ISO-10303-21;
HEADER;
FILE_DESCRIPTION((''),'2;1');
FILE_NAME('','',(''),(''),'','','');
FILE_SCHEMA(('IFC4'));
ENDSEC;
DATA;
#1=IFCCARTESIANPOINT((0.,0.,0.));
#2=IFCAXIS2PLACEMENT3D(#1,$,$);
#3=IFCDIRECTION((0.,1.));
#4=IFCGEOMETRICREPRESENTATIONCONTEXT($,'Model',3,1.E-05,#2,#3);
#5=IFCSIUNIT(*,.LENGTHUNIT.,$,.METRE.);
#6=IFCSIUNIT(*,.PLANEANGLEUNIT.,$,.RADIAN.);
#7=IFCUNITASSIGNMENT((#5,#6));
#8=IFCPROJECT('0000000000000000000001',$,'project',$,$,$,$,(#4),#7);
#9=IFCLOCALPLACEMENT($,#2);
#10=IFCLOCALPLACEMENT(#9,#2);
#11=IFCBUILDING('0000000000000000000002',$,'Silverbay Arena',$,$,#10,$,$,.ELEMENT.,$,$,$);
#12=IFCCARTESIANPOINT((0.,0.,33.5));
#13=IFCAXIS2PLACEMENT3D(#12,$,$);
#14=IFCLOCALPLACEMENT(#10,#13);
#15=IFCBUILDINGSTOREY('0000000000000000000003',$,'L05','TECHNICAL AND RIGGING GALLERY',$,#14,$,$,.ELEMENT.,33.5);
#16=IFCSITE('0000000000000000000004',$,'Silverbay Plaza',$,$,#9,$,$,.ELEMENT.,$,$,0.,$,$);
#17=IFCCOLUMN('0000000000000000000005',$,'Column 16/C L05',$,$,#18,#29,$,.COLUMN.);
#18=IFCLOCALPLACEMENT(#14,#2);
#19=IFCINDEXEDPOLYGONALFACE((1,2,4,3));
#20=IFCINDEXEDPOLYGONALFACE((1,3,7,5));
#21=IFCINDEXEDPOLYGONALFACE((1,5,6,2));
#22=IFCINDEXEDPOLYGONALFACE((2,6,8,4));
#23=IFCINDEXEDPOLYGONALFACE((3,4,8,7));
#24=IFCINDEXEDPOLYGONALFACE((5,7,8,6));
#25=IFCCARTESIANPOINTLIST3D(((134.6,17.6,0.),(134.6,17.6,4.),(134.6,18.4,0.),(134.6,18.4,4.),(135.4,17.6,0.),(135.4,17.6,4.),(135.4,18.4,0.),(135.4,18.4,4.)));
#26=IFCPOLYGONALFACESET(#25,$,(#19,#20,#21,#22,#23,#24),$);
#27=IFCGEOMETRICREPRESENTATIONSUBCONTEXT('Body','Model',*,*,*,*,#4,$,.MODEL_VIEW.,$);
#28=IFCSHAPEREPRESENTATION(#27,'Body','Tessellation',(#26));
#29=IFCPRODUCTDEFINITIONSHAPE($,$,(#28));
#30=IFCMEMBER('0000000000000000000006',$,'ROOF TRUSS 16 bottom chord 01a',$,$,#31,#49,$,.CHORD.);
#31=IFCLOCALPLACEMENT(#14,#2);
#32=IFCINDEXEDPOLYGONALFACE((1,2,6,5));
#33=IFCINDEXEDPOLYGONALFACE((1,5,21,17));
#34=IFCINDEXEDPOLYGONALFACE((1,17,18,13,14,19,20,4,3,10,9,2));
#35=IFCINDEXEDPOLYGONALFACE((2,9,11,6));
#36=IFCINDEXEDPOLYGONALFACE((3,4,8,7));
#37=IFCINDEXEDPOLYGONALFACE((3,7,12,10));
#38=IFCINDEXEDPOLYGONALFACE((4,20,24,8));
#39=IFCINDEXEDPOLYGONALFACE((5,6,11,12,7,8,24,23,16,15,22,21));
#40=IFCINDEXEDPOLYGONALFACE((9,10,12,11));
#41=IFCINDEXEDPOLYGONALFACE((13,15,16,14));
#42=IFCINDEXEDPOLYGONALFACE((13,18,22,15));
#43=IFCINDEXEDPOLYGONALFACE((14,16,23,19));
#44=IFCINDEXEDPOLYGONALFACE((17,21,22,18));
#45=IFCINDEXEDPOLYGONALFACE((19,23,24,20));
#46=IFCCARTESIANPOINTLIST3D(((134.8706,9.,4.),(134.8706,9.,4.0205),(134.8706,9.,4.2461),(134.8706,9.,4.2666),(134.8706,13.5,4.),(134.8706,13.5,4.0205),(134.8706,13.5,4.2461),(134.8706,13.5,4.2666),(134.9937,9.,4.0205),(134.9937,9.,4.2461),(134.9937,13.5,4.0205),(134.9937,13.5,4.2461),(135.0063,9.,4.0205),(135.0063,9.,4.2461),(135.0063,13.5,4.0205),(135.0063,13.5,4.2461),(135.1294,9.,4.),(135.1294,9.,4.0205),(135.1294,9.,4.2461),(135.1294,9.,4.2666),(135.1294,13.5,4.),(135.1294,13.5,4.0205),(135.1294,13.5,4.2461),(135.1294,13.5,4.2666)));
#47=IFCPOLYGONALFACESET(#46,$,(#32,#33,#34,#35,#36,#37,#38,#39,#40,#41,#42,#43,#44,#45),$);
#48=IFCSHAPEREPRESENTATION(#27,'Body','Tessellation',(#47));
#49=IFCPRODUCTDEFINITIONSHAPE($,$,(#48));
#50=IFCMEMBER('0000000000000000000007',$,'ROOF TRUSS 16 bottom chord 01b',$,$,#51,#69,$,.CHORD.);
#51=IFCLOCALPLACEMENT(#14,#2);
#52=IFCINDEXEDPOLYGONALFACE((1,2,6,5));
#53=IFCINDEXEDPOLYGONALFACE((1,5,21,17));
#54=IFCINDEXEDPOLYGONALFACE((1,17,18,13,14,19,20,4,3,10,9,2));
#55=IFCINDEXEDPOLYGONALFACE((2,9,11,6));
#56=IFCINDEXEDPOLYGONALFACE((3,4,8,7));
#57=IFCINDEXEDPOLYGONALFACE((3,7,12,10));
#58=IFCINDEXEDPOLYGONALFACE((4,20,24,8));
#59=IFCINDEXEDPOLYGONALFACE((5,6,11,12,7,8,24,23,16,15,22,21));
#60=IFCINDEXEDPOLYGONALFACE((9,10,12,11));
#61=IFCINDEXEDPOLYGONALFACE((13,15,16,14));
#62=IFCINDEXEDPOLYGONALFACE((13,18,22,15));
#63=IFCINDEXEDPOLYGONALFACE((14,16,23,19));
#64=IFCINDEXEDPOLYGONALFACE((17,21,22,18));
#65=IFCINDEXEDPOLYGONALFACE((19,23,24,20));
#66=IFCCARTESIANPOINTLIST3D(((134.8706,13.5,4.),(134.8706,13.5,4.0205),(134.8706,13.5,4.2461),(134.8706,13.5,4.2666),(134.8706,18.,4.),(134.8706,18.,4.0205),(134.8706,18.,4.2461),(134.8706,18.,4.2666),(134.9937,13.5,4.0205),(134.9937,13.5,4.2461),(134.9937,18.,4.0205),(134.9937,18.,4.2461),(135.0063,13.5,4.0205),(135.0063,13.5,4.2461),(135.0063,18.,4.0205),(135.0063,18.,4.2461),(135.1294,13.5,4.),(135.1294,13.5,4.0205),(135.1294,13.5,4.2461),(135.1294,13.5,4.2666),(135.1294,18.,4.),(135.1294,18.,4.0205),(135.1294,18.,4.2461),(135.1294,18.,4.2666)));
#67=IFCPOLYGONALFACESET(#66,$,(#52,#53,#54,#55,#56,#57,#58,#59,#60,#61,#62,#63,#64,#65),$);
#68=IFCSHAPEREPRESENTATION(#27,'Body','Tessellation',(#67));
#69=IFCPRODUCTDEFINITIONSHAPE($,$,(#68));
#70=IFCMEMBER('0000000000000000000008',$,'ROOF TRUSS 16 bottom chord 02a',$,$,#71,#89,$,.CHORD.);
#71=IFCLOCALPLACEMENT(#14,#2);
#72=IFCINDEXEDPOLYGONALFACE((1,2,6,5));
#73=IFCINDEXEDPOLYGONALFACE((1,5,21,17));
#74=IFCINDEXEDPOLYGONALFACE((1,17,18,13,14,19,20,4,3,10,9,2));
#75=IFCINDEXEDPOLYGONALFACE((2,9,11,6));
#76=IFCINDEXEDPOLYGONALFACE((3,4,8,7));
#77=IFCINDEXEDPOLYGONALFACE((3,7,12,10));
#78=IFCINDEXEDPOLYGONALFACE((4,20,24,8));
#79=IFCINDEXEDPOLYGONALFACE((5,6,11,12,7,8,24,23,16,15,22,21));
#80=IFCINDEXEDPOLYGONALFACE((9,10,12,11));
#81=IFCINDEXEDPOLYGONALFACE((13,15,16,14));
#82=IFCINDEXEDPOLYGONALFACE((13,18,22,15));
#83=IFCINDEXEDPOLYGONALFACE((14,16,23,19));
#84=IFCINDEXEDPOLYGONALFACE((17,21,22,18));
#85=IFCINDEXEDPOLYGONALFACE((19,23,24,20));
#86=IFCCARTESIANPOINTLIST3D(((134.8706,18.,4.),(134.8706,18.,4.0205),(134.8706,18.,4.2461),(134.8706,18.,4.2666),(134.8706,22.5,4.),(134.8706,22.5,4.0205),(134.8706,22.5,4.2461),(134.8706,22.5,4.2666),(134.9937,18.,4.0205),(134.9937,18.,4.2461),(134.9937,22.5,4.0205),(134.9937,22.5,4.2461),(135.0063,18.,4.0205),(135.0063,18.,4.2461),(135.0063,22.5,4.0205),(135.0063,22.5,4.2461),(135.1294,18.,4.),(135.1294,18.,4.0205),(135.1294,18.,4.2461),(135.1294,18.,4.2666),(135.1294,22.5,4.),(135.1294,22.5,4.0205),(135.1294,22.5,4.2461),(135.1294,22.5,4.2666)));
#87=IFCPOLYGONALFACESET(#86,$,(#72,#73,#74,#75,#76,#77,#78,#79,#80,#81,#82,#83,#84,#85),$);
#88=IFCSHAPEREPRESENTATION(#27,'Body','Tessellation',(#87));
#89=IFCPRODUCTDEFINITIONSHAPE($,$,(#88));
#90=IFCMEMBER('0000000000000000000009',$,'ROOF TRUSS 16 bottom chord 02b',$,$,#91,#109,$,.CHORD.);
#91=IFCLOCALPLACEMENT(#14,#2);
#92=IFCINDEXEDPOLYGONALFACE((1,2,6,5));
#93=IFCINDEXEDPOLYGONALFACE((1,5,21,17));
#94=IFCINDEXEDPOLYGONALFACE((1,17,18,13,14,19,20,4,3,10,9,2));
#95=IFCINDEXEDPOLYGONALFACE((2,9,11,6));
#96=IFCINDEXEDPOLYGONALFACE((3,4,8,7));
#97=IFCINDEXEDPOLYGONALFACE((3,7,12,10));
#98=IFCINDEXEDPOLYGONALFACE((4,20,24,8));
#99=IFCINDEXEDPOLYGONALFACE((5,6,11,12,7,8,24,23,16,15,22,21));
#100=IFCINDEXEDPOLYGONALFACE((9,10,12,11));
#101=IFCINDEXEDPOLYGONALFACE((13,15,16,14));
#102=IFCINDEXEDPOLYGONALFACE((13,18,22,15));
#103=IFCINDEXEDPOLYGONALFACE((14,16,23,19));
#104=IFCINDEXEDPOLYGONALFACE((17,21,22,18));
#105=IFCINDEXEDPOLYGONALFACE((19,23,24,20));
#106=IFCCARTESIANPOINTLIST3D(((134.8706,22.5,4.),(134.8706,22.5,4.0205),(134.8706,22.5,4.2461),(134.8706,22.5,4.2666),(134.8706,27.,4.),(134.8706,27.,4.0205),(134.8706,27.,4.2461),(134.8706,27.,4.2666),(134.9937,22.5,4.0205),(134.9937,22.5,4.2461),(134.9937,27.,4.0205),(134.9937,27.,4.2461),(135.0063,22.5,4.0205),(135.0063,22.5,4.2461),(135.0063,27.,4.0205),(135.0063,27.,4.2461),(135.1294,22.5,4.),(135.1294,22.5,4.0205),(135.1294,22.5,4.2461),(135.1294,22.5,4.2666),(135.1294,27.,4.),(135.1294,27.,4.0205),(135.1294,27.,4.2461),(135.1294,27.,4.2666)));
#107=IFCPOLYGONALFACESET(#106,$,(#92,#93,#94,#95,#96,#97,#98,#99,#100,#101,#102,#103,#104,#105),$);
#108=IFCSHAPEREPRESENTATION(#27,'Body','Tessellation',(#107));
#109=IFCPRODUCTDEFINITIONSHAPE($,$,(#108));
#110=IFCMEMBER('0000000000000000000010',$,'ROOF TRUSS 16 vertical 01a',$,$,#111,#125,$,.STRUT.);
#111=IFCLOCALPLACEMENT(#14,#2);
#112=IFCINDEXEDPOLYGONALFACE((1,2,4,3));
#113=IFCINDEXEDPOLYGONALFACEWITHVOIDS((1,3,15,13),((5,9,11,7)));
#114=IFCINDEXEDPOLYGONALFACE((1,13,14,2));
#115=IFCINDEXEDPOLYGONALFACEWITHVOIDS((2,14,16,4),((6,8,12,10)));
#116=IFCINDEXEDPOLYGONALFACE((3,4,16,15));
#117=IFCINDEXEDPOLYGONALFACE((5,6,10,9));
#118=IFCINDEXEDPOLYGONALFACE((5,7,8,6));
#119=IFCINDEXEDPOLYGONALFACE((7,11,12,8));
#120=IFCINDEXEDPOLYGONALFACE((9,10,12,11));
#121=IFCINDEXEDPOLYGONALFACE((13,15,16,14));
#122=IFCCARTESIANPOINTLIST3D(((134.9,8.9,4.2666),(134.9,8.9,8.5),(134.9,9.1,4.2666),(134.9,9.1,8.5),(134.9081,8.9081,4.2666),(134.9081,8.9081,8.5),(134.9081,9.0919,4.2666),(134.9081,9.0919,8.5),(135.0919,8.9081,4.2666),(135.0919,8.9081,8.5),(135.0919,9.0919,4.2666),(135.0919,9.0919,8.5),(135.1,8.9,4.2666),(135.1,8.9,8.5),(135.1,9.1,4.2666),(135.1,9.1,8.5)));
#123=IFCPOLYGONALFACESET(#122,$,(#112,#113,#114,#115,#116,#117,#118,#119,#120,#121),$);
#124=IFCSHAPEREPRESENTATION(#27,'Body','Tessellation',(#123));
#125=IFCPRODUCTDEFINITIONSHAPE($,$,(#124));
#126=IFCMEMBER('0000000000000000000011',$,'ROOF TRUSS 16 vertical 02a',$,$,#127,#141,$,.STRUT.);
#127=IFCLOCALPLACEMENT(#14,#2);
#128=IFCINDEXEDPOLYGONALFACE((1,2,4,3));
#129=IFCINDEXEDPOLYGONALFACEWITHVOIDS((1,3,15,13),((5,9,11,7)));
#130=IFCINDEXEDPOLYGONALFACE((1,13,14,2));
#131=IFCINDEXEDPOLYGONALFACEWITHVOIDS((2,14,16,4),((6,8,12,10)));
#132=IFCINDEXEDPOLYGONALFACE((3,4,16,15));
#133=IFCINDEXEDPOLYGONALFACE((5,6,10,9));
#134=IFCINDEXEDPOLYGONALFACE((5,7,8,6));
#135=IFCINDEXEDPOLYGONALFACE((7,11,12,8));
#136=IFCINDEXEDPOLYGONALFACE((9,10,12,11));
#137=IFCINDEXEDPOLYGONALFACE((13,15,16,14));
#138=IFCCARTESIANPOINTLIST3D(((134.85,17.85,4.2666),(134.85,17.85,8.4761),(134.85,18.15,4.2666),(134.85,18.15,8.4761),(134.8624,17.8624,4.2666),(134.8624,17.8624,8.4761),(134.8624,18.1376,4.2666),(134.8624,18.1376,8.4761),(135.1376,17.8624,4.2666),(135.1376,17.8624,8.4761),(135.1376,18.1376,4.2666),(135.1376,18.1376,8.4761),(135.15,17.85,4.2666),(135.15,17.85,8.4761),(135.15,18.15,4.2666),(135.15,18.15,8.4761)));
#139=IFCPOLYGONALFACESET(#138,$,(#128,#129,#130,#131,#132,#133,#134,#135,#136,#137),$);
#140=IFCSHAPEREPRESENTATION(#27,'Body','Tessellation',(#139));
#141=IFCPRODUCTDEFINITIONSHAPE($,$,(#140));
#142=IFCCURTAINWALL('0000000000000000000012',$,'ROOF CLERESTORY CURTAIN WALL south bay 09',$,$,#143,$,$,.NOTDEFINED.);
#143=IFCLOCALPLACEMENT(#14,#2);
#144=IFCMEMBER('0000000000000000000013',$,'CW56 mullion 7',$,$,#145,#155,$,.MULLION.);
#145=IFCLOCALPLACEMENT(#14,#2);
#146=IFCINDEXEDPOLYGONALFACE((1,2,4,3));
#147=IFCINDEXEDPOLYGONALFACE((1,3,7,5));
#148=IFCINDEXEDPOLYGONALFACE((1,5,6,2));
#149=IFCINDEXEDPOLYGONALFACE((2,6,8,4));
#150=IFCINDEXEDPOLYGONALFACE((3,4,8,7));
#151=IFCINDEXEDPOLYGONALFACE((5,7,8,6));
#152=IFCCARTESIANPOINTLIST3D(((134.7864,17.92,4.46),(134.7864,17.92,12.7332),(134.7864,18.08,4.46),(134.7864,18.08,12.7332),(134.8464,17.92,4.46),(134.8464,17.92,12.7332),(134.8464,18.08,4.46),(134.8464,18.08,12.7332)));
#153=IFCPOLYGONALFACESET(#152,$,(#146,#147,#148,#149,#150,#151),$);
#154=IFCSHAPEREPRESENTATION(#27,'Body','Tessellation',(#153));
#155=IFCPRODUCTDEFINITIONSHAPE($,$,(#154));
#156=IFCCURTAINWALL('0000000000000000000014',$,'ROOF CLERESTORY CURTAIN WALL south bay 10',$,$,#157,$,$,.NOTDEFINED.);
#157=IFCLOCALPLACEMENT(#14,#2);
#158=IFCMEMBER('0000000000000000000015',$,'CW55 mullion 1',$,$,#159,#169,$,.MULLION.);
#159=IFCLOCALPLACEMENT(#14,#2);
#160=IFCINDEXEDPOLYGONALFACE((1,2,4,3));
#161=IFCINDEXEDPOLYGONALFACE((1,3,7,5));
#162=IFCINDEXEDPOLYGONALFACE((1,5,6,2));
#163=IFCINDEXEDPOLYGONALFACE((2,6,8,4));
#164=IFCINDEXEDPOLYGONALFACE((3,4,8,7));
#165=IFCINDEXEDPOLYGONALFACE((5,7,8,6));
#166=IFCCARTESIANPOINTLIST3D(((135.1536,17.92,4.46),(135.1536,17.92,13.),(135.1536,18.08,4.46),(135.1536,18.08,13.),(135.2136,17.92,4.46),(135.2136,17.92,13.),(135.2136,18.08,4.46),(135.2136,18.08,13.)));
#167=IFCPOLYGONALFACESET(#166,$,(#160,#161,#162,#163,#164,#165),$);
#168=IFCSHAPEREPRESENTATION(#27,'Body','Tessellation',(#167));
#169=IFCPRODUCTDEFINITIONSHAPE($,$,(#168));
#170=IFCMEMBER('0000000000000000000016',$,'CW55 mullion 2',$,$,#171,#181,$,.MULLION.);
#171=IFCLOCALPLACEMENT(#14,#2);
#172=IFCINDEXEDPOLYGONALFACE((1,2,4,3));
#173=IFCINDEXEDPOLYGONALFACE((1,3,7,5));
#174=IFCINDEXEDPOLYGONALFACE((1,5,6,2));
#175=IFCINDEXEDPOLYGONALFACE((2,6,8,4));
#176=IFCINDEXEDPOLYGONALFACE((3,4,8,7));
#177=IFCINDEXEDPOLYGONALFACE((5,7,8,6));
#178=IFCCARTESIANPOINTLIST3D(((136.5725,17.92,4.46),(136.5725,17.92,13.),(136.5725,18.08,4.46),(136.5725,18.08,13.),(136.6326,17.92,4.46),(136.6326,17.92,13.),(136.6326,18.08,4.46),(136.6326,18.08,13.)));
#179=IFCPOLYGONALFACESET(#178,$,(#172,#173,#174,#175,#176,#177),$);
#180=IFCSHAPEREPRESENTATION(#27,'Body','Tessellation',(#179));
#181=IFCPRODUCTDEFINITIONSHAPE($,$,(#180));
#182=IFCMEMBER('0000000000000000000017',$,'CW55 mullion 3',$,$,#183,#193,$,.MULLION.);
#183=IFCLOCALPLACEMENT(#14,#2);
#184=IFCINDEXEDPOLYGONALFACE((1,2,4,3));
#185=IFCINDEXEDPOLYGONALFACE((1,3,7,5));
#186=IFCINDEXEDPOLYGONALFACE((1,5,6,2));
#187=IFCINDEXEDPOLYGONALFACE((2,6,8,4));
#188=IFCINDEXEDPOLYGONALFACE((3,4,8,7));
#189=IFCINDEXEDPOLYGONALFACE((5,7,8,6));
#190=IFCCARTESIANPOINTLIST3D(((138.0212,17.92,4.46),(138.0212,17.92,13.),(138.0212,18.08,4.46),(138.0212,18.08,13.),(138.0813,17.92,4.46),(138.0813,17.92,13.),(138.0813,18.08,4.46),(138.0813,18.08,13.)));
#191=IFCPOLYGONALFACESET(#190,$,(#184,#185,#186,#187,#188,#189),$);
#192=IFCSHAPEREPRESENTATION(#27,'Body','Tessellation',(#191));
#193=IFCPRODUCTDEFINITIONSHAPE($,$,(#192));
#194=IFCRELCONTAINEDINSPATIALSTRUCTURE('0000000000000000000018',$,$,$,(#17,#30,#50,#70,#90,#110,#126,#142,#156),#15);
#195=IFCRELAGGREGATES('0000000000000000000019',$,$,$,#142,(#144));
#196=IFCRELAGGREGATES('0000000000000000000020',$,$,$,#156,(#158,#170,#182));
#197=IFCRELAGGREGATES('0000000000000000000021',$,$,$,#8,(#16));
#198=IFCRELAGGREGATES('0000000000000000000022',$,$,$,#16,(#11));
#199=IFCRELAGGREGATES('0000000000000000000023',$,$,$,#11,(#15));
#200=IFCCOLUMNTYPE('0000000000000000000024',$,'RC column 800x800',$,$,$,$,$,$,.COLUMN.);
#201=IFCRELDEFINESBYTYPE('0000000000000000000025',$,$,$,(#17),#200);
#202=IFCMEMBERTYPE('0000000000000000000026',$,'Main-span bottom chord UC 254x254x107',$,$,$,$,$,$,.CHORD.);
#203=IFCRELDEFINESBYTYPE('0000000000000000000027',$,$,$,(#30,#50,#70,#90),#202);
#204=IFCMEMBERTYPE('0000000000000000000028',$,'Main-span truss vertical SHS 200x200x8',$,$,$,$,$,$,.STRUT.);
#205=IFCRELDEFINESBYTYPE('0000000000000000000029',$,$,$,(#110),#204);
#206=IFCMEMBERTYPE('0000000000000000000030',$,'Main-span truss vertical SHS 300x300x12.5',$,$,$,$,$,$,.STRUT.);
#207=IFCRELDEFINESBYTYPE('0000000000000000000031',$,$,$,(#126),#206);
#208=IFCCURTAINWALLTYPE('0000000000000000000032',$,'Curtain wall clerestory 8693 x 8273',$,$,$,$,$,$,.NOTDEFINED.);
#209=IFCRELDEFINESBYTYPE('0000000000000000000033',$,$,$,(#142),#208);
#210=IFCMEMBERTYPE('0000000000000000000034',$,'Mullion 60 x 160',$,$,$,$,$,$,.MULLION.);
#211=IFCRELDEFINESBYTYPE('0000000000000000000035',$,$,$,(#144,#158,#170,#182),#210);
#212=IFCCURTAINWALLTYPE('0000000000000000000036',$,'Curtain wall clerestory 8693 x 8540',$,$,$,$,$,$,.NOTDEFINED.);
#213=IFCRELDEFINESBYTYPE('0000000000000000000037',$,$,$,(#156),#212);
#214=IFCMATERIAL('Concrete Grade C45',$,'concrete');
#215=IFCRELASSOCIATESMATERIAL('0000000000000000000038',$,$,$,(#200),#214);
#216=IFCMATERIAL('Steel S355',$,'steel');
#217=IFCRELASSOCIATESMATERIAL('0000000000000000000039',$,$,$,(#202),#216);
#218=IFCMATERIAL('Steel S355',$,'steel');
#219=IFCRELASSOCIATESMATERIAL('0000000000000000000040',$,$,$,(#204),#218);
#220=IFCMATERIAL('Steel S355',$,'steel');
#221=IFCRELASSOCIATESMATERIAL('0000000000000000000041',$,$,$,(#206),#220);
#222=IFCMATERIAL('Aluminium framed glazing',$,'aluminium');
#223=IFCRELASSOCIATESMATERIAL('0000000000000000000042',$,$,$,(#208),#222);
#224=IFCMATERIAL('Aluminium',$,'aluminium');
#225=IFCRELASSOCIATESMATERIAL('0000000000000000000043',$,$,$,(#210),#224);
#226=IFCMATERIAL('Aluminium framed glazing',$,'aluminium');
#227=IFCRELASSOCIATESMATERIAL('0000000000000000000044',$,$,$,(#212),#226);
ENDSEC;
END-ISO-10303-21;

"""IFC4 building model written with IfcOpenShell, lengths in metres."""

from ifc_helpers import new_model, si_unit, direction, frame, origin, origin_2d, place, context, subcontext, project, spatial, rectangle, hollow_rectangle, i_section, extrude, material, material_profile, profile_set, type_object, element, aggregate, save


model = new_model("IFC4")

# Units and contexts
model_context = context("Model", 3, precision=1e-05, world=origin(), true_north=direction((0.0, 1.0)))
body_context = subcontext(model_context, "Body", "Model", "MODEL_VIEW")
ifc_project = project(units=[si_unit("LENGTHUNIT", "METRE"), si_unit("PLANEANGLEUNIT", "RADIAN")], contexts=[model_context])

# Site, building, storey
site_placement = place(None, origin())
site = spatial("IfcSite", under=ifc_project, at=site_placement, Name="Silverbay Plaza", CompositionType="ELEMENT", RefElevation=0.0)
building_placement = place(site_placement, origin())
building = spatial("IfcBuilding", under=site, at=building_placement, Name="Silverbay Arena", CompositionType="ELEMENT")
storey_placement = place(building_placement, frame((0.0, 0.0, 33.5)))
storey = spatial("IfcBuildingStorey", under=building, at=storey_placement, Name="L05", Description="TECHNICAL AND RIGGING GALLERY", CompositionType="ELEMENT", Elevation=33.5)

# Column
ifc_material_1 = material(Name="Concrete Grade C45", Category="concrete")
ifc_material_profile_1 = material_profile(ifc_material_1, rectangle(XDim=0.8, YDim=0.8, at=origin_2d()), Name="RC 800x800")
ifc_profile_set_1 = profile_set([ifc_material_profile_1], Name="Concrete Grade C45")
column_type = type_object("IfcColumnType", Name="RC column 800x800", PredefinedType="COLUMN", material=ifc_profile_set_1)
column_placement = place(storey_placement, frame((135.0, 18.0, 0.0), z_axis=(0.0, 0.0, 1.0), x_axis=(1.0, 0.0, 0.0)))
element("IfcColumn", 1, at=column_placement, inside=storey, type_object=column_type, Name="Column 16/C L05", PredefinedType="COLUMN", context=body_context, shape_type="SweptSolid", body=[
    extrude(rectangle(XDim=0.8, YDim=0.8, at=origin_2d()), origin(), (0.0, 0.0, 1.0), 4.0),
])

# Members
ifc_material_2 = material(Name="Steel S355", Category="steel")
ifc_material_profile_2 = material_profile(ifc_material_2, i_section(OverallWidth=0.2588, OverallDepth=0.2666, WebThickness=0.0127, FlangeThickness=0.0205, at=origin_2d()), Name="UC 254x254x107")
ifc_profile_set_2 = profile_set([ifc_material_profile_2], Name="Steel S355")
member_type_1 = type_object("IfcMemberType", Name="Main-span bottom chord UC 254x254x107", PredefinedType="CHORD", material=ifc_profile_set_2)
for number, where, z_axis, x_axis, name in (
    (2, (135.0, 9.0, 4.1333), (0.0, 1.0, 0.0), (-1.0, 0.0, 0.0), "ROOF TRUSS 16 bottom chord 01a"),
    (3, (135.0, 13.5, 4.1333), (0.0, 1.0, 0.0), (-1.0, 0.0, 0.0), "ROOF TRUSS 16 bottom chord 01b"),
    (4, (135.0, 18.0, 4.1333), (0.0, 1.0, 0.0), (-1.0, 0.0, 0.0), "ROOF TRUSS 16 bottom chord 02a"),
    (5, (135.0, 22.5, 4.1333), (0.0, 1.0, 0.0), (-1.0, 0.0, 0.0), "ROOF TRUSS 16 bottom chord 02b"),
):
    element("IfcMember", number, at=place(storey_placement, frame(where, z_axis=z_axis, x_axis=x_axis)), inside=storey, type_object=member_type_1, Name=name, PredefinedType="CHORD", context=body_context, shape_type="SweptSolid", body=[
        extrude(i_section(OverallWidth=0.2588, OverallDepth=0.2666, WebThickness=0.0127, FlangeThickness=0.0205, at=origin_2d()), origin(), (0.0, 0.0, 1.0), 4.5),
    ])
ifc_material_3 = material(Name="Steel S355", Category="steel")
ifc_material_profile_3 = material_profile(ifc_material_3, hollow_rectangle(XDim=0.2, YDim=0.2, WallThickness=0.0081, at=origin_2d()), Name="SHS 200x200x8")
ifc_profile_set_3 = profile_set([ifc_material_profile_3], Name="Steel S355")
member_type_2 = type_object("IfcMemberType", Name="Main-span truss vertical SHS 200x200x8", PredefinedType="STRUT", material=ifc_profile_set_3)
member_1_placement = place(storey_placement, frame((135.0, 9.0, 4.2666), z_axis=(0.0, 0.0, 1.0), x_axis=(1.0, 0.0, 0.0)))
element("IfcMember", 6, at=member_1_placement, inside=storey, type_object=member_type_2, Name="ROOF TRUSS 16 vertical 01a", PredefinedType="STRUT", context=body_context, shape_type="SweptSolid", body=[
    extrude(hollow_rectangle(XDim=0.2, YDim=0.2, WallThickness=0.0081, at=origin_2d()), origin(), (0.0, 0.0, 1.0), 4.2334),
])
ifc_material_4 = material(Name="Steel S355", Category="steel")
ifc_material_profile_4 = material_profile(ifc_material_4, hollow_rectangle(XDim=0.3, YDim=0.3, WallThickness=0.0125, at=origin_2d()), Name="SHS 300x300x12.5")
ifc_profile_set_4 = profile_set([ifc_material_profile_4], Name="Steel S355")
member_type_3 = type_object("IfcMemberType", Name="Main-span truss vertical SHS 300x300x12.5", PredefinedType="STRUT", material=ifc_profile_set_4)
member_2_placement = place(storey_placement, frame((135.0, 18.0, 4.2666), z_axis=(0.0, 0.0, 1.0), x_axis=(1.0, 0.0, 0.0)))
element("IfcMember", 7, at=member_2_placement, inside=storey, type_object=member_type_3, Name="ROOF TRUSS 16 vertical 02a", PredefinedType="STRUT", context=body_context, shape_type="SweptSolid", body=[
    extrude(hollow_rectangle(XDim=0.3, YDim=0.3, WallThickness=0.0125, at=origin_2d()), origin(), (0.0, 0.0, 1.0), 4.2095),
])

# Curtain wall, member
ifc_material_5 = material(Name="Aluminium framed glazing", Category="aluminium")
curtain_wall_type_1 = type_object("IfcCurtainWallType", Name="Curtain wall clerestory 8693 x 8273", PredefinedType="NOTDEFINED", material=ifc_material_5)
curtain_wall_1_placement = place(storey_placement, origin())
curtain_wall_1 = element("IfcCurtainWall", 8, at=curtain_wall_1_placement, inside=storey, type_object=curtain_wall_type_1, Name="ROOF CLERESTORY CURTAIN WALL south bay 09", PredefinedType="NOTDEFINED")
ifc_material_6 = material(Name="Aluminium", Category="aluminium")
ifc_material_profile_5 = material_profile(ifc_material_6, rectangle(XDim=0.1599, YDim=0.0601, at=origin_2d()), Name="Mullion 60 x 160")
ifc_profile_set_5 = profile_set([ifc_material_profile_5], Name="Aluminium")
member_type_4 = type_object("IfcMemberType", Name="Mullion 60 x 160", PredefinedType="MULLION", material=ifc_profile_set_5)
member_3_placement = place(storey_placement, frame((134.8164, 18.0, 4.46), z_axis=(0.0, 0.0, 1.0), x_axis=(0.0, 1.0, 0.0)))
member_3 = element("IfcMember", 9, at=member_3_placement, type_object=member_type_4, Name="CW56 mullion 7", PredefinedType="MULLION", context=body_context, shape_type="SweptSolid", body=[
    extrude(rectangle(XDim=0.1599, YDim=0.0601, at=origin_2d()), origin(), (0.0, 0.0, 1.0), 8.2732),
])

# Curtain wall, members
ifc_material_7 = material(Name="Aluminium framed glazing", Category="aluminium")
curtain_wall_type_2 = type_object("IfcCurtainWallType", Name="Curtain wall clerestory 8693 x 8540", PredefinedType="NOTDEFINED", material=ifc_material_7)
curtain_wall_2_placement = place(storey_placement, origin())
curtain_wall_2 = element("IfcCurtainWall", 10, at=curtain_wall_2_placement, inside=storey, type_object=curtain_wall_type_2, Name="ROOF CLERESTORY CURTAIN WALL south bay 10", PredefinedType="NOTDEFINED")
member_4_placement = place(storey_placement, frame((135.1836, 18.0, 4.46), z_axis=(0.0, 0.0, 1.0), x_axis=(0.0, 1.0, 0.0)))
member_4 = element("IfcMember", 11, at=member_4_placement, type_object=member_type_4, Name="CW55 mullion 1", PredefinedType="MULLION", context=body_context, shape_type="SweptSolid", body=[
    extrude(rectangle(XDim=0.1599, YDim=0.0601, at=origin_2d()), origin(), (0.0, 0.0, 1.0), 8.54),
])
member_5_placement = place(storey_placement, frame((136.6025, 18.0, 4.46), z_axis=(0.0, 0.0, 1.0), x_axis=(0.0, 1.0, 0.0)))
member_5 = element("IfcMember", 12, at=member_5_placement, type_object=member_type_4, Name="CW55 mullion 2", PredefinedType="MULLION", context=body_context, shape_type="SweptSolid", body=[
    extrude(rectangle(XDim=0.1599, YDim=0.0601, at=origin_2d()), origin(), (0.0, 0.0, 1.0), 8.54),
])
member_6_placement = place(storey_placement, frame((138.0513, 18.0, 4.46), z_axis=(0.0, 0.0, 1.0), x_axis=(0.0, 1.0, 0.0)))
member_6 = element("IfcMember", 13, at=member_6_placement, type_object=member_type_4, Name="CW55 mullion 3", PredefinedType="MULLION", context=body_context, shape_type="SweptSolid", body=[
    extrude(rectangle(XDim=0.1599, YDim=0.0601, at=origin_2d()), origin(), (0.0, 0.0, 1.0), 8.54),
])

aggregate(curtain_wall_1, [member_3])
aggregate(curtain_wall_2, [member_4, member_5, member_6])

save(model, "model.ifc")
